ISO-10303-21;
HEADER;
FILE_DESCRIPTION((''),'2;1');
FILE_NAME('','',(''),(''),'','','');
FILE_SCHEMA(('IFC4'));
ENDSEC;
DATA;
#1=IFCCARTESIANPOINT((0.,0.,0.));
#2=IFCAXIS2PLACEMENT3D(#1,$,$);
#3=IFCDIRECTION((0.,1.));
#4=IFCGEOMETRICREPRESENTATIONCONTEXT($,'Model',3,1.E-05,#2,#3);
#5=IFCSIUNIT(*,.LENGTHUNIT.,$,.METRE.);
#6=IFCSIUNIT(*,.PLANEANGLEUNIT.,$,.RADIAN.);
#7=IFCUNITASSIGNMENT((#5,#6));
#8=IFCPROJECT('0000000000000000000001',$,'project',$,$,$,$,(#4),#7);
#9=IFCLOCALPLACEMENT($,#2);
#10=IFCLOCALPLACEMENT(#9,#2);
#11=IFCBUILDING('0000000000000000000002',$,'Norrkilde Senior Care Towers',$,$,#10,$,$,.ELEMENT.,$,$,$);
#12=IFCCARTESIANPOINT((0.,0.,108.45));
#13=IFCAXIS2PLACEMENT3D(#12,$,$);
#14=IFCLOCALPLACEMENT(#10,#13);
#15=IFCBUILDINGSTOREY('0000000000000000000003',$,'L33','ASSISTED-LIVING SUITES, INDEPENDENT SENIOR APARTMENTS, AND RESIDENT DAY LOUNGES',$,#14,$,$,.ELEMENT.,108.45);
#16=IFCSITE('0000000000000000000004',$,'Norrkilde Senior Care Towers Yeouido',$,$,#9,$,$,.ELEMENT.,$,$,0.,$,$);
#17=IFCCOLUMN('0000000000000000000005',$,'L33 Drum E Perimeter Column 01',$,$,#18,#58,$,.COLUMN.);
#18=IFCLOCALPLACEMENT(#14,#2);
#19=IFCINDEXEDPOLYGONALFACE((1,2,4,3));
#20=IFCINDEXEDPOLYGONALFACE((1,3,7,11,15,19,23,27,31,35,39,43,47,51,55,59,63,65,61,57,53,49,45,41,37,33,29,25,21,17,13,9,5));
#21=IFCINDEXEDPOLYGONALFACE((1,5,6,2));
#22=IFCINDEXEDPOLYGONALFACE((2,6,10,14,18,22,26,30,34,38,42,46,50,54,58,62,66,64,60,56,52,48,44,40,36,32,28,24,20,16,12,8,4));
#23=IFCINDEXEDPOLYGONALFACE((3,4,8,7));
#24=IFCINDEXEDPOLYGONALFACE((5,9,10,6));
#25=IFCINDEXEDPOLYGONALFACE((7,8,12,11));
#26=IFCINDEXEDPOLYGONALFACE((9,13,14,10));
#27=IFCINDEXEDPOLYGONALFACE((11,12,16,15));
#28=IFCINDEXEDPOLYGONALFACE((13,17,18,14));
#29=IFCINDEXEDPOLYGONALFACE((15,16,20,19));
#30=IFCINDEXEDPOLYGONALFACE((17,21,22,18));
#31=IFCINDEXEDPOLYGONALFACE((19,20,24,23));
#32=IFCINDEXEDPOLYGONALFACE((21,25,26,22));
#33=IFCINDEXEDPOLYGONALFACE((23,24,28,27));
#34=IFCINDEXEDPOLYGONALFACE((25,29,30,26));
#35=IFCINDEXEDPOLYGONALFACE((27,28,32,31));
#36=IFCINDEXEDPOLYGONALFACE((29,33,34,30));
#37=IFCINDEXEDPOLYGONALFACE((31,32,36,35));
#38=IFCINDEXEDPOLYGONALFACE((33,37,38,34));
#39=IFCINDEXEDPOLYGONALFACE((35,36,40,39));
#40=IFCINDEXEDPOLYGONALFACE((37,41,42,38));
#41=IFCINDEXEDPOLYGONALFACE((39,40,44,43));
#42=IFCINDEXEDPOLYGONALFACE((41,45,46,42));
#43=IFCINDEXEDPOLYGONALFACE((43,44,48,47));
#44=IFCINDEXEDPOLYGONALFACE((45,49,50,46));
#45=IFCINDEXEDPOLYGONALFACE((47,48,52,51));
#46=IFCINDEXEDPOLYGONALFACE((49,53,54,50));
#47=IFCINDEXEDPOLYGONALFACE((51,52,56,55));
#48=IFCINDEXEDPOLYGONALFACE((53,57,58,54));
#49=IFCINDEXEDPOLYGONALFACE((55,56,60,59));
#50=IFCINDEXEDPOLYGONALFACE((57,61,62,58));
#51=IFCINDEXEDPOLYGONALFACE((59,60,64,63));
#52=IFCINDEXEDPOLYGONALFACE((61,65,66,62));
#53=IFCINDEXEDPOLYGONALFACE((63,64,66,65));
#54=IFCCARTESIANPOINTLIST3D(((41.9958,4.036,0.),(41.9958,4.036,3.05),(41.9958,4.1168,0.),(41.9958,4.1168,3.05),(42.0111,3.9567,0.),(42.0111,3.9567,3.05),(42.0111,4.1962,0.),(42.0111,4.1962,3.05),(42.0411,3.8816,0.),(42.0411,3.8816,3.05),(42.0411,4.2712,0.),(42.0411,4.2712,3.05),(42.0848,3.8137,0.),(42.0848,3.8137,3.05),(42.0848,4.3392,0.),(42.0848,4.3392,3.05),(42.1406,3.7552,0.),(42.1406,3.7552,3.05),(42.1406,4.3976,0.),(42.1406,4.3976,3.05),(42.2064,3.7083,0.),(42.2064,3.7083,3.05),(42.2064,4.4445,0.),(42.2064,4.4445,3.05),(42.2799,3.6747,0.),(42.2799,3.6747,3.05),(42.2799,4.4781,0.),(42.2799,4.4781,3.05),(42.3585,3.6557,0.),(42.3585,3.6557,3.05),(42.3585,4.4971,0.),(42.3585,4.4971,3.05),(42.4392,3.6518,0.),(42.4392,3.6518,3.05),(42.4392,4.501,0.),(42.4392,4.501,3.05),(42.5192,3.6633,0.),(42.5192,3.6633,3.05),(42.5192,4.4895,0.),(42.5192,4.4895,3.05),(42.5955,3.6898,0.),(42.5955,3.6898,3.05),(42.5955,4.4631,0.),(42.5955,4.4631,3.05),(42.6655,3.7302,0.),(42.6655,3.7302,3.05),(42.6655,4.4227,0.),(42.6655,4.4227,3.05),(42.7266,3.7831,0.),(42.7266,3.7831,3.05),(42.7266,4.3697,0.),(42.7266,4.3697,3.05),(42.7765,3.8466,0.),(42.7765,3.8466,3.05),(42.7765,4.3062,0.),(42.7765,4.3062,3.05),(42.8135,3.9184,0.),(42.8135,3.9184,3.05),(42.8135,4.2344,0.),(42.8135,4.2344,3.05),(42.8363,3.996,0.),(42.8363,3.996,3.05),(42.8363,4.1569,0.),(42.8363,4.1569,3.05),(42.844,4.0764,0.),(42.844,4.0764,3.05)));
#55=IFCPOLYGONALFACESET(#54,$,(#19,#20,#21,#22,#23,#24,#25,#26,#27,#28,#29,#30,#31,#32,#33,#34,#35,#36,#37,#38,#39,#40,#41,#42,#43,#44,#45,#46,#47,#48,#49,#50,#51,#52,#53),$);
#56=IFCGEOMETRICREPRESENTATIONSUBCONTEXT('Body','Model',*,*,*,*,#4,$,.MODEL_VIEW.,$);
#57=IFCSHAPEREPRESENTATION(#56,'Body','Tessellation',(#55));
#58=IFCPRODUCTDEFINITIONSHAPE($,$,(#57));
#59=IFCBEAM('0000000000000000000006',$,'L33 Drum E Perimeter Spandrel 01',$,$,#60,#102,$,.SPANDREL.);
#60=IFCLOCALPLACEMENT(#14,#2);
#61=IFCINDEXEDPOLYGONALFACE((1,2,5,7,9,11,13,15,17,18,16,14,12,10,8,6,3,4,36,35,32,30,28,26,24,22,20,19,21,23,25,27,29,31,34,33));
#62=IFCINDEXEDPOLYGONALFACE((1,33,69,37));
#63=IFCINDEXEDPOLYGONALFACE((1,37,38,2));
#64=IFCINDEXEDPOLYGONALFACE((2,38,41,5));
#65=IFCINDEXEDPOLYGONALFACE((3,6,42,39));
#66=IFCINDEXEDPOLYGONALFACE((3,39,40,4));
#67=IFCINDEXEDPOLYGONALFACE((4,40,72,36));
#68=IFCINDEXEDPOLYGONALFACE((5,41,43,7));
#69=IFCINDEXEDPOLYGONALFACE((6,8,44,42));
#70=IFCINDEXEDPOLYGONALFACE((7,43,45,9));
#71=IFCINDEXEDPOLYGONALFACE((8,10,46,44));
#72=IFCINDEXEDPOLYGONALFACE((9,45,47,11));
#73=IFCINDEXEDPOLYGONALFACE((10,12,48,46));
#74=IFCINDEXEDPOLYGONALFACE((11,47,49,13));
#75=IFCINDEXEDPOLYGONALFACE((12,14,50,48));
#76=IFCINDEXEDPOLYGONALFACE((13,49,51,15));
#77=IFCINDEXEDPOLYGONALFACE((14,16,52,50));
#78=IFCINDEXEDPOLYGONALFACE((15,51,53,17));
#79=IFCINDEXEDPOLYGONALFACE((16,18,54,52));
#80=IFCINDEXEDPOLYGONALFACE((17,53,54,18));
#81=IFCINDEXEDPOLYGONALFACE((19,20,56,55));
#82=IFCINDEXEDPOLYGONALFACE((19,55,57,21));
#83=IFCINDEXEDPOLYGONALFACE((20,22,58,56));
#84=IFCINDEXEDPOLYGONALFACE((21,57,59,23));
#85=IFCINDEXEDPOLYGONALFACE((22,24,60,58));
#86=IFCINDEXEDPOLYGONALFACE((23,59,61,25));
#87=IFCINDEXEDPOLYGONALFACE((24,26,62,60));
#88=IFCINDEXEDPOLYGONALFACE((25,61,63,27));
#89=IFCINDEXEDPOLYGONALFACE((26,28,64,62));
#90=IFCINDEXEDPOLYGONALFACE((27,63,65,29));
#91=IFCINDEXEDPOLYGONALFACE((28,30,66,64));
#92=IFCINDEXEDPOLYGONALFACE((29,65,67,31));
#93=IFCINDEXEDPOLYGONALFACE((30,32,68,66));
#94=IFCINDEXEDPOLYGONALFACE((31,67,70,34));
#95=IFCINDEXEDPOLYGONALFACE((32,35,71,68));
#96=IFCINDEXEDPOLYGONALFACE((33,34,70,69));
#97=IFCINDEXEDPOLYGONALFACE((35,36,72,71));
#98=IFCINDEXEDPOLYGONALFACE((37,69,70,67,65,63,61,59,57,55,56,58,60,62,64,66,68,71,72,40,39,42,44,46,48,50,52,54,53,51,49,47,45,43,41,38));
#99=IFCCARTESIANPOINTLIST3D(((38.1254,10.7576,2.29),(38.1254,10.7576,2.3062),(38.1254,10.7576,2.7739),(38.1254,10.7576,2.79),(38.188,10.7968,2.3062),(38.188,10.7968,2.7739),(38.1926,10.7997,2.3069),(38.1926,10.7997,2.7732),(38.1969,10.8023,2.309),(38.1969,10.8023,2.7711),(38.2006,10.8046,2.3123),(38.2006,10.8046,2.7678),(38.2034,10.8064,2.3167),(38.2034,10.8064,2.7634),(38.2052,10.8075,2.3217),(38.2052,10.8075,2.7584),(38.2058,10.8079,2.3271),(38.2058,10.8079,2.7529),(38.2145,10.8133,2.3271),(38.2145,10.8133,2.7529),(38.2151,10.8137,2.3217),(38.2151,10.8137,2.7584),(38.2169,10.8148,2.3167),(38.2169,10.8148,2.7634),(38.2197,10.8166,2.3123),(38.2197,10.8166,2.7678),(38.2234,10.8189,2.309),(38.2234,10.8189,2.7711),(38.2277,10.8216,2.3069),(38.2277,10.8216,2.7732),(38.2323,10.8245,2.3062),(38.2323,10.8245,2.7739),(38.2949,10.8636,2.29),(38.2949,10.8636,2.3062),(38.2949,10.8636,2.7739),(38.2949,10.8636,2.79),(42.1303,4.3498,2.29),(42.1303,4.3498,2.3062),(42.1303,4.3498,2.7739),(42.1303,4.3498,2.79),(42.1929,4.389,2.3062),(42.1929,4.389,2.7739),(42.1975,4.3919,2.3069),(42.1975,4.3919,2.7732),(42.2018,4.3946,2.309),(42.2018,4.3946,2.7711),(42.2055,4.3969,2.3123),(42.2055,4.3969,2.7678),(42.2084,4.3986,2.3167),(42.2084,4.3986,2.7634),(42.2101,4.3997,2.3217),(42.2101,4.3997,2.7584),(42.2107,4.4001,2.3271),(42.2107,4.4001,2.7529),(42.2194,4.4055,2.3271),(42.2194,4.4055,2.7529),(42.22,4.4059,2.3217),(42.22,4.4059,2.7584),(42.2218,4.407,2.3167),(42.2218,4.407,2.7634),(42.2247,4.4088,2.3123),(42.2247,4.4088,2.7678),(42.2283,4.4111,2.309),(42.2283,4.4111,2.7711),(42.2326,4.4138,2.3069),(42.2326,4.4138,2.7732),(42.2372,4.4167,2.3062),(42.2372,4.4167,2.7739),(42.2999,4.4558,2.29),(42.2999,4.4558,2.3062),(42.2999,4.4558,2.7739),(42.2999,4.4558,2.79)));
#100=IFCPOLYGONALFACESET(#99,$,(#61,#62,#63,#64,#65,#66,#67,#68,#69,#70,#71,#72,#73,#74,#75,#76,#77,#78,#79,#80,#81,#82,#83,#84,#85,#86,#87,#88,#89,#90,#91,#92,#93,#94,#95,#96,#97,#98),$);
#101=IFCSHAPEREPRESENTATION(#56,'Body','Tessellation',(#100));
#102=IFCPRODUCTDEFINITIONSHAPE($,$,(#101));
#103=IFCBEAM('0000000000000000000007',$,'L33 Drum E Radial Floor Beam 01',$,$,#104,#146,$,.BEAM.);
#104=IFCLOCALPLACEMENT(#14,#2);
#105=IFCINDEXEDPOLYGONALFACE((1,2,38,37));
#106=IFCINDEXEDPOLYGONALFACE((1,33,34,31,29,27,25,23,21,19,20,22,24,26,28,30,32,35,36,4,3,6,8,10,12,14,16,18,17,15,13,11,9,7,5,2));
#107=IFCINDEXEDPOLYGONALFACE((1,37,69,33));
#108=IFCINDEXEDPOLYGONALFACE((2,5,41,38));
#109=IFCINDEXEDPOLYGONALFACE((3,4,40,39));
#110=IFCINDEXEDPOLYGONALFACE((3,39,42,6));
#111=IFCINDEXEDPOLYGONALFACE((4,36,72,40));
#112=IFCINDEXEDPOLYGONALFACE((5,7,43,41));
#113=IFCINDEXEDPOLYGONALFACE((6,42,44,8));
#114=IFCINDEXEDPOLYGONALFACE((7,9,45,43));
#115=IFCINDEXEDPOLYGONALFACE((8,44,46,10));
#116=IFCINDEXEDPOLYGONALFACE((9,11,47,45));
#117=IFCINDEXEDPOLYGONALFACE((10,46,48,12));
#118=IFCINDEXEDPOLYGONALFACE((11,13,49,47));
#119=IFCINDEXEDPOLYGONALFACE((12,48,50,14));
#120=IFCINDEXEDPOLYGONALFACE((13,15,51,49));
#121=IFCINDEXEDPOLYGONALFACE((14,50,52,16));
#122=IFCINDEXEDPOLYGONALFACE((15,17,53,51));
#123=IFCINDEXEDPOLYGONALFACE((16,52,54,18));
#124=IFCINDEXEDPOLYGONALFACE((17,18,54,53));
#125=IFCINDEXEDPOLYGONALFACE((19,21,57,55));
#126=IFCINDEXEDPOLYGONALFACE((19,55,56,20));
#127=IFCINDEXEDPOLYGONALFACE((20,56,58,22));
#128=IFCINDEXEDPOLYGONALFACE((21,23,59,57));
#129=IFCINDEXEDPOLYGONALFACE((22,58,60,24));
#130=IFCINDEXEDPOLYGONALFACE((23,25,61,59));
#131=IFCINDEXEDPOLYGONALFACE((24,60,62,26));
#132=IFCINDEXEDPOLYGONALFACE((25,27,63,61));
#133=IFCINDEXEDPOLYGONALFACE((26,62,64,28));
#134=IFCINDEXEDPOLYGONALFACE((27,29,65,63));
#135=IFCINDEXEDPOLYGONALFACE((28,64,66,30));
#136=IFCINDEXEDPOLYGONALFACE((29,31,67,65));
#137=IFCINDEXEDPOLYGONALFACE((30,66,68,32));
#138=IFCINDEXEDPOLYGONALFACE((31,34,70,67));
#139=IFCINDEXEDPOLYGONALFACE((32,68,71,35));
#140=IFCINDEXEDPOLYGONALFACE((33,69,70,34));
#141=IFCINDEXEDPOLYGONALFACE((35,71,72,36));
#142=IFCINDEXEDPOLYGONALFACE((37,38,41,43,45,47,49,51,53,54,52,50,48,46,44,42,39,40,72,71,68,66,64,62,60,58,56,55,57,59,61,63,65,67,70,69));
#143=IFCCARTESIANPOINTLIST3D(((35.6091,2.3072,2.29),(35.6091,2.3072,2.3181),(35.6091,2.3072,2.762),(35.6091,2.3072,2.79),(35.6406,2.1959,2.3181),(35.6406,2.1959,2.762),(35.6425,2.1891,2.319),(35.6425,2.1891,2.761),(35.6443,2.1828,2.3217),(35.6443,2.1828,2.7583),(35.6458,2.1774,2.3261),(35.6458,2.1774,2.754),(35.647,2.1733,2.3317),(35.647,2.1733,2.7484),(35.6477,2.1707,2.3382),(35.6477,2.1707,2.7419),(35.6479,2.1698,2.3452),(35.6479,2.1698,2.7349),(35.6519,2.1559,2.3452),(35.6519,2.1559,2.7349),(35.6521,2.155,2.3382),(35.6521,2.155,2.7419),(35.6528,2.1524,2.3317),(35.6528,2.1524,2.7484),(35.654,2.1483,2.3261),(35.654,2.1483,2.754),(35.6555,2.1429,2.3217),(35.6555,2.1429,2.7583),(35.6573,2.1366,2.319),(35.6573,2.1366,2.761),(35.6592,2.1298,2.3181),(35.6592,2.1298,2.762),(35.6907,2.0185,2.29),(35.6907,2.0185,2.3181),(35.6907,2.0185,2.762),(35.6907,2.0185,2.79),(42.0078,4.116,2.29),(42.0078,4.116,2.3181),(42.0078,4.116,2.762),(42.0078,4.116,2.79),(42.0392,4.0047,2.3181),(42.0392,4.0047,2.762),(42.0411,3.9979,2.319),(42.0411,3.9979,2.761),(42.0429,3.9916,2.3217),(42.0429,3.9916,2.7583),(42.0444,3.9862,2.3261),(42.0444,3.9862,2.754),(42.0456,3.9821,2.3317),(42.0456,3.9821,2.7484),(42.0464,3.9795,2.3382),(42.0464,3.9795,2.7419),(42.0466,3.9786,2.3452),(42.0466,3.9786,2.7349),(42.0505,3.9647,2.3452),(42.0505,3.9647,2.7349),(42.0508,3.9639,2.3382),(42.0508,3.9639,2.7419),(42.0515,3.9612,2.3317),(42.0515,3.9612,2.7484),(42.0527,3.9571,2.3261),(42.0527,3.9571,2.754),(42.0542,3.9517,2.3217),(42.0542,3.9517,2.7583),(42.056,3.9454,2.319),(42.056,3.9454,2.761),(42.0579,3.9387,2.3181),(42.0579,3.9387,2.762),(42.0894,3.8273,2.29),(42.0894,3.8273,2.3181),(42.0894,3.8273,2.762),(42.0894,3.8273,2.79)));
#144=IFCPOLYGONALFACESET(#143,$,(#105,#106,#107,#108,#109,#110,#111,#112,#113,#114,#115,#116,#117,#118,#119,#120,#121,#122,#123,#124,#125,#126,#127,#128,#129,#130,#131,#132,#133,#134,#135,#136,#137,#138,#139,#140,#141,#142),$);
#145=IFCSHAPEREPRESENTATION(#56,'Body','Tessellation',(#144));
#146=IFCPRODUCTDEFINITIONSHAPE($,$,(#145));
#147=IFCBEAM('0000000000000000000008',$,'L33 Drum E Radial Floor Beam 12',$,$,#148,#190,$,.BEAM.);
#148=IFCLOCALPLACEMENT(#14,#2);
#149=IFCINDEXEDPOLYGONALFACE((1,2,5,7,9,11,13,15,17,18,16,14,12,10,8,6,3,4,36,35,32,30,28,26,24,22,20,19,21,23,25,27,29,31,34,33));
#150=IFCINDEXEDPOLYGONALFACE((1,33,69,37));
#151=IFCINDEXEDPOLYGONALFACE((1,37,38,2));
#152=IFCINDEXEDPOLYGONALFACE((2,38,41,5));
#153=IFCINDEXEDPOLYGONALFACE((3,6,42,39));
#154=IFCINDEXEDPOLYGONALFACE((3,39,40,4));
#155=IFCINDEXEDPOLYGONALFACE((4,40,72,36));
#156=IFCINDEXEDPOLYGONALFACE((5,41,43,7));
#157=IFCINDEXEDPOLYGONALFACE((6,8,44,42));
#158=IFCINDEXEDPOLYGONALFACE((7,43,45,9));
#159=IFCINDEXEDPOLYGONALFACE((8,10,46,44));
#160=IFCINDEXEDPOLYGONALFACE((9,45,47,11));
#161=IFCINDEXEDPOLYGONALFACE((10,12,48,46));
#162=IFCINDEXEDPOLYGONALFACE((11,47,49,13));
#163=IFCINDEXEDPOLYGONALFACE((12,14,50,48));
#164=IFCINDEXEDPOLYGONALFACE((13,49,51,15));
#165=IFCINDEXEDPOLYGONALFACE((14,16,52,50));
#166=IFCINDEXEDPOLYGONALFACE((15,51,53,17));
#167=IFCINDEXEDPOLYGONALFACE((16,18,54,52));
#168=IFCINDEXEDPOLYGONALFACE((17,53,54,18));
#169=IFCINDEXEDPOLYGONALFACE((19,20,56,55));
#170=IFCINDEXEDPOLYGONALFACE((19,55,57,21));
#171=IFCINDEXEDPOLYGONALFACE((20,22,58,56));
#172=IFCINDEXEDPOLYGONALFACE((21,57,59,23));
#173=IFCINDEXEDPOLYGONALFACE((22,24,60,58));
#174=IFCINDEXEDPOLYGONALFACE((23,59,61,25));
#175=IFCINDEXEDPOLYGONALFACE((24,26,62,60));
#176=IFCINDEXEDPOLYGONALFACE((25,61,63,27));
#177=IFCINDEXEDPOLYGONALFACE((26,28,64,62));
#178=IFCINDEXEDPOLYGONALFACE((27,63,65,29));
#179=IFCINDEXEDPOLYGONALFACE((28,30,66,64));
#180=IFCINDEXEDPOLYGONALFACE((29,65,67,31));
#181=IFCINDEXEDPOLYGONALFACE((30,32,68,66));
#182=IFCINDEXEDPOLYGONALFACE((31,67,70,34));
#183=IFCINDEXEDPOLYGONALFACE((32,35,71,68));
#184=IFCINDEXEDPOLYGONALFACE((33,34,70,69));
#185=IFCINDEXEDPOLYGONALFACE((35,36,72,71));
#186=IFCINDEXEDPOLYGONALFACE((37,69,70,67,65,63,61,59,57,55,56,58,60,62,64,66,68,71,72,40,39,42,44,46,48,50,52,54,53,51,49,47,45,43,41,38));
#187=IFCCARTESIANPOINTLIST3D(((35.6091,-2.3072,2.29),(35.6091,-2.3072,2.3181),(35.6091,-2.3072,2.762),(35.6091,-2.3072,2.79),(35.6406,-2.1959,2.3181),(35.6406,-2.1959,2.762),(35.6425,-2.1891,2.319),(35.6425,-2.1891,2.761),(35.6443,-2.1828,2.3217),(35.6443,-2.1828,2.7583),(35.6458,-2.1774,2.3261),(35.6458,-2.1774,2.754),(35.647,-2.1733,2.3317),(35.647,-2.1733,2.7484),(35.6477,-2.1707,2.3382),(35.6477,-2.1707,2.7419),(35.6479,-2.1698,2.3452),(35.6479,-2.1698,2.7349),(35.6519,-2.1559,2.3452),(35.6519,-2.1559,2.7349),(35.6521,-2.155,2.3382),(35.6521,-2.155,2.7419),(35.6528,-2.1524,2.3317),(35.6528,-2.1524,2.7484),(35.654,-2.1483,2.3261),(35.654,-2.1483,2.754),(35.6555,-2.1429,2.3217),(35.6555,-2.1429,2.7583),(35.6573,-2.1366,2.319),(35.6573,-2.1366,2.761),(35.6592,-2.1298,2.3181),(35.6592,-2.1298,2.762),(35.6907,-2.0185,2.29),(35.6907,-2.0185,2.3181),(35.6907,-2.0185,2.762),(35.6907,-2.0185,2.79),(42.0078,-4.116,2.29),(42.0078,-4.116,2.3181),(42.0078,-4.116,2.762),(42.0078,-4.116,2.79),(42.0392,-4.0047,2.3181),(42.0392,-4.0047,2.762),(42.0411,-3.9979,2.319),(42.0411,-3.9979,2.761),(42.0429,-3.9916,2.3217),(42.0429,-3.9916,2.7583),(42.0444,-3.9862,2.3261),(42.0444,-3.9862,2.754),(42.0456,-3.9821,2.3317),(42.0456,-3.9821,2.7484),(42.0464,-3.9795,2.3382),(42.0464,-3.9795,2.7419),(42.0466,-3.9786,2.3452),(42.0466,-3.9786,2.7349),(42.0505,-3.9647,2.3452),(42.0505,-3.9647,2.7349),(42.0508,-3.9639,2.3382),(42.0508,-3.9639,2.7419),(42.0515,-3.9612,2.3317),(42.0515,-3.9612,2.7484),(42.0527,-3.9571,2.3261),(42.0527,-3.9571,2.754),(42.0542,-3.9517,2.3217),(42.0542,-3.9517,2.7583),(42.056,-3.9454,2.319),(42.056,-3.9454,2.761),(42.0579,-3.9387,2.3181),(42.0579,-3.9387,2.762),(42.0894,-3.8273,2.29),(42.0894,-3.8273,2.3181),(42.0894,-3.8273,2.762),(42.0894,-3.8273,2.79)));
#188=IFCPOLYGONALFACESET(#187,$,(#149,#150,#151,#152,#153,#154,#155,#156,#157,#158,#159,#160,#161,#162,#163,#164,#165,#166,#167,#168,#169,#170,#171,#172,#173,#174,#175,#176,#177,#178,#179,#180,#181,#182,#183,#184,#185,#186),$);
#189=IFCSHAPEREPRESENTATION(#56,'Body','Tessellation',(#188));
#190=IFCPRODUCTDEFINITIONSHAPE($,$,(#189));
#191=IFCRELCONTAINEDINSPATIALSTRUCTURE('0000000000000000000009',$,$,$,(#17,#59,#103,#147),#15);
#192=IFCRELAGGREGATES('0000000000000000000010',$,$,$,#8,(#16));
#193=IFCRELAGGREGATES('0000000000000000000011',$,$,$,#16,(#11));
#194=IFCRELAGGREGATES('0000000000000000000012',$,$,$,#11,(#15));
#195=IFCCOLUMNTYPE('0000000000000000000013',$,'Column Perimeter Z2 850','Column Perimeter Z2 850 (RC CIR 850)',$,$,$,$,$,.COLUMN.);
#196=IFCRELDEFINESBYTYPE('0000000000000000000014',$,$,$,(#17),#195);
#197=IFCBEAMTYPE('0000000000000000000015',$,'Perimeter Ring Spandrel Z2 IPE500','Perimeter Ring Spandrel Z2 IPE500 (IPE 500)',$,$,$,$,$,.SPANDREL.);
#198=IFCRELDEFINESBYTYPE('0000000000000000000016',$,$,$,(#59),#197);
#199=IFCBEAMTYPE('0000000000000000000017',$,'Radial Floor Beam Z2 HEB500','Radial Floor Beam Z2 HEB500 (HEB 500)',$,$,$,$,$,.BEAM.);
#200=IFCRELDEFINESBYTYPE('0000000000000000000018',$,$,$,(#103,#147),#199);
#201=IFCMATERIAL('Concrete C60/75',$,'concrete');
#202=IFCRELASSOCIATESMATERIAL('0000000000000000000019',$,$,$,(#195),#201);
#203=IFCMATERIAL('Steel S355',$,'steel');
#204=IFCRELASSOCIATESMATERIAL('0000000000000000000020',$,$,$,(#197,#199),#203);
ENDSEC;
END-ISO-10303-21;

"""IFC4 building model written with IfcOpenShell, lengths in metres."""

from ifc_helpers import new_model, si_unit, direction, frame, origin, origin_2d, place, context, subcontext, project, spatial, circle, i_section, extrude, source, transform, mapped, material, material_profile, profile_set, type_object, type_shapes, element, save


model = new_model("IFC4")

# Units and contexts
model_context = context("Model", 3, precision=1e-05, world=origin(), true_north=direction((0.0, 1.0)))
body_context = subcontext(model_context, "Body", "Model", "MODEL_VIEW")
ifc_project = project(units=[si_unit("LENGTHUNIT", "METRE"), si_unit("PLANEANGLEUNIT", "RADIAN")], contexts=[model_context])

# Site, building, storey
site_placement = place(None, origin())
site = spatial("IfcSite", under=ifc_project, at=site_placement, Name="Norrkilde Senior Care Towers Yeouido", CompositionType="ELEMENT", RefElevation=0.0)
building_placement = place(site_placement, origin())
building = spatial("IfcBuilding", under=site, at=building_placement, Name="Norrkilde Senior Care Towers", CompositionType="ELEMENT")
storey_placement = place(building_placement, frame((0.0, 0.0, 108.45)))
storey = spatial("IfcBuildingStorey", under=building, at=storey_placement, Name="L33", Description="ASSISTED-LIVING SUITES, INDEPENDENT SENIOR APARTMENTS, AND RESIDENT DAY LOUNGES", CompositionType="ELEMENT", Elevation=108.45)

# Column
ifc_material_1 = material(Name="Concrete C60/75", Category="concrete")
ifc_material_profile_1 = material_profile(ifc_material_1, circle(Radius=0.425, at=origin_2d()), Name="RC CIR 850")
ifc_profile_set_1 = profile_set([ifc_material_profile_1], Name="Concrete C60/75")
column_type = type_object("IfcColumnType", Name="Column Perimeter Z2 850", Description="Column Perimeter Z2 850 (RC CIR 850)", PredefinedType="COLUMN", material=ifc_profile_set_1)
shared_shape_1 = source(origin(), body_context, "Body", "SweptSolid", [
    extrude(circle(Radius=0.425, at=origin_2d()), origin(), (0.0, 0.0, 1.0), 3.05),
])
type_shapes(column_type, [shared_shape_1])
column_placement = place(storey_placement, frame((42.4189, 4.0764, 0.0), z_axis=(0.0, 0.0, 1.0), x_axis=(1.0, 0.0, 0.0)))
element("IfcColumn", 1, at=column_placement, inside=storey, type_object=column_type, Name="L33 Drum E Perimeter Column 01", PredefinedType="COLUMN", context=body_context, shape_type="MappedRepresentation", body=[
    mapped(shared_shape_1, transform((0.0, 0.0, 0.0), x_axis=(1.0, 0.0, 0.0), y_axis=(0.0, 1.0, 0.0), z_axis=(0.0, 0.0, 1.0), scale=1.0)),
])

# Beams
ifc_material_2 = material(Name="Steel S355", Category="steel")
ifc_material_profile_2 = material_profile(ifc_material_2, i_section(OverallWidth=0.2, OverallDepth=0.5, WebThickness=0.0103, FlangeThickness=0.0161, FilletRadius=0.021, at=origin_2d()), Name="IPE 500")
ifc_profile_set_2 = profile_set([ifc_material_profile_2], Name="Steel S355")
beam_type_1 = type_object("IfcBeamType", Name="Perimeter Ring Spandrel Z2 IPE500", Description="Perimeter Ring Spandrel Z2 IPE500 (IPE 500)", PredefinedType="SPANDREL", material=ifc_profile_set_2)
shared_shape_2 = source(origin(), body_context, "Body", "SweptSolid", [
    extrude(i_section(OverallWidth=0.2, OverallDepth=0.5, WebThickness=0.0103, FlangeThickness=0.0161, FilletRadius=0.021, at=origin_2d()), origin(), (0.0, 0.0, 1.0), 7.5564),
])
type_shapes(beam_type_1, [shared_shape_2])
beam_1_placement = place(storey_placement, frame((42.2151, 4.4028, 2.54), z_axis=(-0.530005, 0.847995, 0.0), x_axis=(-0.847995, -0.530005, 0.0)))
element("IfcBeam", 2, at=beam_1_placement, inside=storey, type_object=beam_type_1, Name="L33 Drum E Perimeter Spandrel 01", PredefinedType="SPANDREL", context=body_context, shape_type="MappedRepresentation", body=[
    mapped(shared_shape_2, transform((0.0, 0.0, 0.0), x_axis=(1.0, 0.0, 0.0), y_axis=(0.0, 1.0, 0.0), z_axis=(0.0, 0.0, 1.0), scale=1.0)),
])
ifc_material_profile_3 = material_profile(ifc_material_2, i_section(OverallWidth=0.3, OverallDepth=0.5, WebThickness=0.0144, FlangeThickness=0.0281, FilletRadius=0.0271, at=origin_2d()), Name="HEB 500")
ifc_profile_set_3 = profile_set([ifc_material_profile_3], Name="Steel S355")
beam_type_2 = type_object("IfcBeamType", Name="Radial Floor Beam Z2 HEB500", Description="Radial Floor Beam Z2 HEB500 (HEB 500)", PredefinedType="BEAM", material=ifc_profile_set_3)
shared_shape_3 = source(origin(), body_context, "Body", "SweptSolid", [
    extrude(i_section(OverallWidth=0.3, OverallDepth=0.5, WebThickness=0.0144, FlangeThickness=0.0281, FilletRadius=0.0271, at=origin_2d()), origin(), (0.0, 0.0, 1.0), 6.6494),
])
type_shapes(beam_type_2, [shared_shape_3])
for number, where, z_axis, x_axis, name in (
    (3, (35.6499, 2.1628, 2.54), (0.962289, 0.272029, 0.0), (-0.272029, 0.962289, 0.0), "L33 Drum E Radial Floor Beam 01"),
    (4, (35.6499, -2.1628, 2.54), (0.962289, -0.272029, 0.0), (0.272029, 0.962289, 0.0), "L33 Drum E Radial Floor Beam 12"),
):
    element("IfcBeam", number, at=place(storey_placement, frame(where, z_axis=z_axis, x_axis=x_axis)), inside=storey, type_object=beam_type_2, Name=name, PredefinedType="BEAM", context=body_context, shape_type="MappedRepresentation", body=[
        mapped(shared_shape_3, transform((0.0, 0.0, 0.0), x_axis=(1.0, 0.0, 0.0), y_axis=(0.0, 1.0, 0.0), z_axis=(0.0, 0.0, 1.0), scale=1.0)),
    ])

save(model, "model.ifc")
